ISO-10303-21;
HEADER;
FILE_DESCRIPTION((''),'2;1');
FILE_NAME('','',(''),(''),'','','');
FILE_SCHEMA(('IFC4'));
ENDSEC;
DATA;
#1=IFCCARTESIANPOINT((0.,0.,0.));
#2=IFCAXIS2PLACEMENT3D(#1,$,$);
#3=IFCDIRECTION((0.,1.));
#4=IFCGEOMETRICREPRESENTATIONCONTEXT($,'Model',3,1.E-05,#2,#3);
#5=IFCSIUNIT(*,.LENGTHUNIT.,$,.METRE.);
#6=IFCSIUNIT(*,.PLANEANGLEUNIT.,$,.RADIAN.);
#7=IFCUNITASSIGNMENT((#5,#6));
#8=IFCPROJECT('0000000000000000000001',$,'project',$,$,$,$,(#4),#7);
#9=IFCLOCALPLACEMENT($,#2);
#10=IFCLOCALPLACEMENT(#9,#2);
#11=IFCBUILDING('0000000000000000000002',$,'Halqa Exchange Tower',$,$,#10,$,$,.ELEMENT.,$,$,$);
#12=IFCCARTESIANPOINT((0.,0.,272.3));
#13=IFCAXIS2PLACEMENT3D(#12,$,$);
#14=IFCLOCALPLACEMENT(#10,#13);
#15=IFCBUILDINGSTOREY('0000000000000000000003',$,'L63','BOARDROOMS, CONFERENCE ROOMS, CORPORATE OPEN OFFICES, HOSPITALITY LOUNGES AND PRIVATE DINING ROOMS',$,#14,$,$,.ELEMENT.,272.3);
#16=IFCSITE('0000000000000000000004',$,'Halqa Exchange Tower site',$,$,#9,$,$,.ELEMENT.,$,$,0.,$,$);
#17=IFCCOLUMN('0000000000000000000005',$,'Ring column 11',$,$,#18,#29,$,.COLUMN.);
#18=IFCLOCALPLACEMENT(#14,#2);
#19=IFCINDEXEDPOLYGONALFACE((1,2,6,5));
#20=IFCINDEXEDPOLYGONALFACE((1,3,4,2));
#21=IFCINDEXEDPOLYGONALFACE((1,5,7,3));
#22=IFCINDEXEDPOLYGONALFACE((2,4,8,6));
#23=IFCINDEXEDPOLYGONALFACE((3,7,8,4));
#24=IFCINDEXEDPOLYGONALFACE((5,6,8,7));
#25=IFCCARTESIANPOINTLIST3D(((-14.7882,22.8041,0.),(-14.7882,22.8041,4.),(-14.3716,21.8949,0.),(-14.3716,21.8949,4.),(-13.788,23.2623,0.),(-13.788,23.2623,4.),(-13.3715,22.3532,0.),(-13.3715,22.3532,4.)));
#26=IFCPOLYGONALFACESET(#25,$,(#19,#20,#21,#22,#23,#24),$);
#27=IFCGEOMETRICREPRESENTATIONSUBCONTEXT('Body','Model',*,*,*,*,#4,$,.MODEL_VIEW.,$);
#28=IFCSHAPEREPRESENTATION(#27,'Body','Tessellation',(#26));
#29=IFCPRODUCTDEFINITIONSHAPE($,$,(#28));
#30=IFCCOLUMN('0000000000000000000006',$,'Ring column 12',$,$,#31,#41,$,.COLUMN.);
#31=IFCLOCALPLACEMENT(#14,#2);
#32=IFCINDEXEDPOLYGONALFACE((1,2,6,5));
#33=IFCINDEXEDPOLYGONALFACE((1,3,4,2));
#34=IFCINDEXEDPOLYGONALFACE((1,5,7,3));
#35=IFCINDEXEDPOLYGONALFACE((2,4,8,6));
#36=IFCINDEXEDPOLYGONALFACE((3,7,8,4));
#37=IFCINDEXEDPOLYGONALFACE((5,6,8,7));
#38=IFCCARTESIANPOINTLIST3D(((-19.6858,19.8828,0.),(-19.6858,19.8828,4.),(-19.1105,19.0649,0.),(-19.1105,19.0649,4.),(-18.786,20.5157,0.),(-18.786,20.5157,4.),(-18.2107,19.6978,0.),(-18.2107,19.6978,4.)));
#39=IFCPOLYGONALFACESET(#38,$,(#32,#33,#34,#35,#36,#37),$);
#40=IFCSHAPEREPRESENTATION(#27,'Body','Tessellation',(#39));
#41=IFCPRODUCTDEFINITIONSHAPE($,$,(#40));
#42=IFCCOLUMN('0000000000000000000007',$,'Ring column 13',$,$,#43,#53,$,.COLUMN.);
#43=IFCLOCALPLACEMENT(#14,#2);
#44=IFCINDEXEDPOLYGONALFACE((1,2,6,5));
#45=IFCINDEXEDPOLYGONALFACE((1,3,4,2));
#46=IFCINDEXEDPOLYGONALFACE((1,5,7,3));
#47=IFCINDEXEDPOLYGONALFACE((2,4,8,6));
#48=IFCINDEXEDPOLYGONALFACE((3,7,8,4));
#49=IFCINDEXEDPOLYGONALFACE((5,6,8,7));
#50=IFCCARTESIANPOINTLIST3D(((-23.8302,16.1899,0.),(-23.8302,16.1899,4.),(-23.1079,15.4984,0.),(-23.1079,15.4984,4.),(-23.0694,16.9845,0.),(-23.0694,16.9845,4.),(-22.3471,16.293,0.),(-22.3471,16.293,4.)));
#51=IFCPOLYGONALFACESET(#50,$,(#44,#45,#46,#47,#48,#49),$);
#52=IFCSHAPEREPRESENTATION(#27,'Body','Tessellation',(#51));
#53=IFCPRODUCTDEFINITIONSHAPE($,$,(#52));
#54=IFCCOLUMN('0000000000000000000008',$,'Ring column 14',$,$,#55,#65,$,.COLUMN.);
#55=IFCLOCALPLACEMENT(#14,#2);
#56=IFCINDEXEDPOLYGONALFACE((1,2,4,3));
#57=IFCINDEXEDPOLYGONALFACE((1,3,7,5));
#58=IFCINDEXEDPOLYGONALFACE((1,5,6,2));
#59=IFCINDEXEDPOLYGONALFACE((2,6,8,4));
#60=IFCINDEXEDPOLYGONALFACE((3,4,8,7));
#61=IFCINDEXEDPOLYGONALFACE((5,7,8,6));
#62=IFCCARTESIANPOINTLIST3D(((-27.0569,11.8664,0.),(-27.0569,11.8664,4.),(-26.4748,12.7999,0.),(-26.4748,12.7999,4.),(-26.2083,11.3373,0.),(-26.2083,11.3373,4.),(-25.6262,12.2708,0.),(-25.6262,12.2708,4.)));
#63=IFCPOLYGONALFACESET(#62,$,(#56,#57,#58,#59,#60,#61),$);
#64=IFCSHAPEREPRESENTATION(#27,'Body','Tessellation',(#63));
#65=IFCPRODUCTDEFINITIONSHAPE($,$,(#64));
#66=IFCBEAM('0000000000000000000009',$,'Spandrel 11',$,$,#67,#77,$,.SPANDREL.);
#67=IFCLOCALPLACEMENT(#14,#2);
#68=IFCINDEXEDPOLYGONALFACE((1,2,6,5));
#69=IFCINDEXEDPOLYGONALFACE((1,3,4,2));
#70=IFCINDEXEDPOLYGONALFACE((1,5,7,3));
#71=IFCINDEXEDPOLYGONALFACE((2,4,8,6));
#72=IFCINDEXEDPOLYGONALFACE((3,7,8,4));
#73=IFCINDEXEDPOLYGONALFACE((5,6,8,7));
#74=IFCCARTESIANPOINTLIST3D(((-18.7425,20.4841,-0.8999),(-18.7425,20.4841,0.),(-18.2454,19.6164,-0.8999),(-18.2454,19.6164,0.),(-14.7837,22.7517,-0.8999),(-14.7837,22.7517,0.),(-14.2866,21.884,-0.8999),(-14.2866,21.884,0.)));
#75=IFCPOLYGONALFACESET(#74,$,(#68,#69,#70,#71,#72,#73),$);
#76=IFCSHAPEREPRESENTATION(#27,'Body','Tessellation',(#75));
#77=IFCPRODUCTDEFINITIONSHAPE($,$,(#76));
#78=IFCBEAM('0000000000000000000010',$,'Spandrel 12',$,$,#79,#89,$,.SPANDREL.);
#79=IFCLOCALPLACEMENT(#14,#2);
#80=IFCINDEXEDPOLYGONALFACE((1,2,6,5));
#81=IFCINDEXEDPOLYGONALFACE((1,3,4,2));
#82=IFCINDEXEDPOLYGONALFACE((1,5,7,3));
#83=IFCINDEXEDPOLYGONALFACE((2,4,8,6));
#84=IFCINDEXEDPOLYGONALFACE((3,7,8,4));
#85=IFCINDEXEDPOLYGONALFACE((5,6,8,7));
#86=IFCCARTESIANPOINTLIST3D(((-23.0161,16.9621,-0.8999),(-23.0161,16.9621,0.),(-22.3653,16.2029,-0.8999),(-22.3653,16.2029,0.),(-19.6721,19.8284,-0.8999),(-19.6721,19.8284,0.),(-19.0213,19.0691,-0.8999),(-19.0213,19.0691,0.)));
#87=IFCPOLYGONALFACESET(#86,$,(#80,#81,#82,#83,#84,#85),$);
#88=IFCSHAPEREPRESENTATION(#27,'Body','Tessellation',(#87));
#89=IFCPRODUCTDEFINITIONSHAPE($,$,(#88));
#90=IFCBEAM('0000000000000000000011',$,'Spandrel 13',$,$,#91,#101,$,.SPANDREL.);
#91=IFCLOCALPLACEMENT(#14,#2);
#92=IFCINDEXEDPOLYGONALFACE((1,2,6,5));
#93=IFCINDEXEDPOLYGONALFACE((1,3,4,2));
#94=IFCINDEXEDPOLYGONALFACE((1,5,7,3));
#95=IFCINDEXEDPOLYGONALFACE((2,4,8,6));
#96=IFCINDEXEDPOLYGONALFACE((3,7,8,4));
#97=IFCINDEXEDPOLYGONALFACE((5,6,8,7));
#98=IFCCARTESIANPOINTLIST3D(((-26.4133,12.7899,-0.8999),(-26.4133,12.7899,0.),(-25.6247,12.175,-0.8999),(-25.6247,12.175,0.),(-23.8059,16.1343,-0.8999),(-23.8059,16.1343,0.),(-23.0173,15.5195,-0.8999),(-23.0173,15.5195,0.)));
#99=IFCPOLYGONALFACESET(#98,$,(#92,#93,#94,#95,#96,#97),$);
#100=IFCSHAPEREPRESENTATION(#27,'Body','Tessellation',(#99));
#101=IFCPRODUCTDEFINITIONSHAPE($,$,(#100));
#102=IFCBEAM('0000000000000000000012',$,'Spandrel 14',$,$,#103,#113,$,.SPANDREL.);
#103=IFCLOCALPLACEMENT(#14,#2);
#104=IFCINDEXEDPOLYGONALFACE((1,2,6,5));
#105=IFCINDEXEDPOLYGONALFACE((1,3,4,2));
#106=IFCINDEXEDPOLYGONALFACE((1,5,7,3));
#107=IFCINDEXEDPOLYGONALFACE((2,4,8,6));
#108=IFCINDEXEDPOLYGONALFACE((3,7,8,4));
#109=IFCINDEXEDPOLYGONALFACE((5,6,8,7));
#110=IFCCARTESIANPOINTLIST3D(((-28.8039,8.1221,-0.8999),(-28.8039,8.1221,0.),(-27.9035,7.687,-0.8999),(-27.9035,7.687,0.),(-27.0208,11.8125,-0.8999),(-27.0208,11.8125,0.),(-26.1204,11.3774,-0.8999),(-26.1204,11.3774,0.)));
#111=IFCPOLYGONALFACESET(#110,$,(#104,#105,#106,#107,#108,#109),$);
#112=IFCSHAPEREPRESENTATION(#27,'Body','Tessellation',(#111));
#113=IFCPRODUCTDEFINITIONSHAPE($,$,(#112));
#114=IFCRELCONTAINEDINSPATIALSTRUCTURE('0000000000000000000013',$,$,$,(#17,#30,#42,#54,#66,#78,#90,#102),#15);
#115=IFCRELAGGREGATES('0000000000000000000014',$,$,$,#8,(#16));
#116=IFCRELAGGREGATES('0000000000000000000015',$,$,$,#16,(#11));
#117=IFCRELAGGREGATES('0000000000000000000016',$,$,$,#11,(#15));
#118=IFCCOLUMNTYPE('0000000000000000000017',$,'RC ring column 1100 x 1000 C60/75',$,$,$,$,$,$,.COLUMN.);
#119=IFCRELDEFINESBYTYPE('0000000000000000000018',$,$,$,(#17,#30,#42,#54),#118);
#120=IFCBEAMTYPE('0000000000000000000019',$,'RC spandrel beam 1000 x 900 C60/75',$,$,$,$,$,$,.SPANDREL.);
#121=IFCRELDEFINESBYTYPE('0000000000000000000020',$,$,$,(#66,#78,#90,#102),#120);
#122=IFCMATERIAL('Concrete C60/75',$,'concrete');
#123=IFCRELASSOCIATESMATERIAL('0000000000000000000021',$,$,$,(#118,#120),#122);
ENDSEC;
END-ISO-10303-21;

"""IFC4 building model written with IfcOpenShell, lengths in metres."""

from ifc_helpers import new_model, si_unit, direction, frame, origin, origin_2d, place, context, subcontext, project, spatial, rectangle, extrude, material, material_profile, profile_set, type_object, element, save


model = new_model("IFC4")

# Units and contexts
model_context = context("Model", 3, precision=1e-05, world=origin(), true_north=direction((0.0, 1.0)))
body_context = subcontext(model_context, "Body", "Model", "MODEL_VIEW")
ifc_project = project(units=[si_unit("LENGTHUNIT", "METRE"), si_unit("PLANEANGLEUNIT", "RADIAN")], contexts=[model_context])

# Site, building, storey
site_placement = place(None, origin())
site = spatial("IfcSite", under=ifc_project, at=site_placement, Name="Halqa Exchange Tower site", CompositionType="ELEMENT", RefElevation=0.0)
building_placement = place(site_placement, origin())
building = spatial("IfcBuilding", under=site, at=building_placement, Name="Halqa Exchange Tower", CompositionType="ELEMENT")
storey_placement = place(building_placement, frame((0.0, 0.0, 272.3)))
storey = spatial("IfcBuildingStorey", under=building, at=storey_placement, Name="L63", Description="BOARDROOMS, CONFERENCE ROOMS, CORPORATE OPEN OFFICES, HOSPITALITY LOUNGES AND PRIVATE DINING ROOMS", CompositionType="ELEMENT", Elevation=272.3)

# Columns
ifc_material_1 = material(Name="Concrete C60/75", Category="concrete")
ifc_material_profile_1 = material_profile(ifc_material_1, rectangle(XDim=1.1001, YDim=1.0, at=origin_2d()), Name="1100 x 1000")
ifc_profile_set_1 = profile_set([ifc_material_profile_1], Name="Concrete C60/75")
column_type = type_object("IfcColumnType", Name="RC ring column 1100 x 1000 C60/75", PredefinedType="COLUMN", material=ifc_profile_set_1)
for number, where, z_axis, x_axis, name in (
    (1, (-14.0798, 22.5786, 0.0), (0.0, 0.0, 1.0), (-0.909127, -0.416519, 0.0), "Ring column 11"),
    (2, (-18.9482, 19.7903, 0.0), (0.0, 0.0, 1.0), (-0.817907, -0.575351, 0.0), "Ring column 12"),
    (3, (-23.0886, 16.2415, 0.0), (0.0, 0.0, 1.0), (-0.69158, -0.7223, 0.0), "Ring column 13"),
    (4, (-26.3416, 12.0686, 0.0), (0.0, 0.0, 1.0), (-0.529142, -0.848533, 0.0), "Ring column 14"),
):
    element("IfcColumn", number, at=place(storey_placement, frame(where, z_axis=z_axis, x_axis=x_axis)), inside=storey, type_object=column_type, Name=name, PredefinedType="COLUMN", context=body_context, shape_type="SweptSolid", body=[
        extrude(rectangle(XDim=1.1001, YDim=1.0, at=origin_2d()), origin(), (0.0, 0.0, 1.0), 4.0),
    ])

# Beams
ifc_material_profile_2 = material_profile(ifc_material_1, rectangle(XDim=1.0, YDim=0.8999, at=origin_2d()), Name="1000 x 900")
ifc_profile_set_2 = profile_set([ifc_material_profile_2], Name="Concrete C60/75")
beam_type = type_object("IfcBeamType", Name="RC spandrel beam 1000 x 900 C60/75", PredefinedType="SPANDREL", material=ifc_profile_set_2)
beam_1_placement = place(storey_placement, frame((-14.5352, 22.3179, -0.45), z_axis=(-0.867729, -0.497038, 0.0), x_axis=(0.497038, -0.867729, 0.0)))
element("IfcBeam", 5, at=beam_1_placement, inside=storey, type_object=beam_type, Name="Spandrel 11", PredefinedType="SPANDREL", context=body_context, shape_type="SweptSolid", body=[
    extrude(rectangle(XDim=1.0, YDim=0.8999, at=origin_2d()), origin(), (0.0, 0.0, 1.0), 4.5623),
])
beam_2_placement = place(storey_placement, frame((-19.3467, 19.4487, -0.45), z_axis=(-0.759264, -0.650782, 0.0), x_axis=(0.650782, -0.759264, 0.0)))
element("IfcBeam", 6, at=beam_2_placement, inside=storey, type_object=beam_type, Name="Spandrel 12", PredefinedType="SPANDREL", context=body_context, shape_type="SweptSolid", body=[
    extrude(rectangle(XDim=1.0, YDim=0.8999, at=origin_2d()), origin(), (0.0, 0.0, 1.0), 4.4043),
])
beam_3_placement = place(storey_placement, frame((-23.4116, 15.8269, -0.45), z_axis=(-0.614845, -0.788648, 0.0), x_axis=(0.788648, -0.614845, 0.0)))
element("IfcBeam", 7, at=beam_3_placement, inside=storey, type_object=beam_type, Name="Spandrel 13", PredefinedType="SPANDREL", context=body_context, shape_type="SweptSolid", body=[
    extrude(rectangle(XDim=1.0, YDim=0.8999, at=origin_2d()), origin(), (0.0, 0.0, 1.0), 4.2407),
])
beam_4_placement = place(storey_placement, frame((-26.5706, 11.595, -0.45), z_axis=(-0.435069, -0.900397, 0.0), x_axis=(0.900397, -0.435069, 0.0)))
element("IfcBeam", 8, at=beam_4_placement, inside=storey, type_object=beam_type, Name="Spandrel 14", PredefinedType="SPANDREL", context=body_context, shape_type="SweptSolid", body=[
    extrude(rectangle(XDim=1.0, YDim=0.8999, at=origin_2d()), origin(), (0.0, 0.0, 1.0), 4.0986),
])

save(model, "model.ifc")
